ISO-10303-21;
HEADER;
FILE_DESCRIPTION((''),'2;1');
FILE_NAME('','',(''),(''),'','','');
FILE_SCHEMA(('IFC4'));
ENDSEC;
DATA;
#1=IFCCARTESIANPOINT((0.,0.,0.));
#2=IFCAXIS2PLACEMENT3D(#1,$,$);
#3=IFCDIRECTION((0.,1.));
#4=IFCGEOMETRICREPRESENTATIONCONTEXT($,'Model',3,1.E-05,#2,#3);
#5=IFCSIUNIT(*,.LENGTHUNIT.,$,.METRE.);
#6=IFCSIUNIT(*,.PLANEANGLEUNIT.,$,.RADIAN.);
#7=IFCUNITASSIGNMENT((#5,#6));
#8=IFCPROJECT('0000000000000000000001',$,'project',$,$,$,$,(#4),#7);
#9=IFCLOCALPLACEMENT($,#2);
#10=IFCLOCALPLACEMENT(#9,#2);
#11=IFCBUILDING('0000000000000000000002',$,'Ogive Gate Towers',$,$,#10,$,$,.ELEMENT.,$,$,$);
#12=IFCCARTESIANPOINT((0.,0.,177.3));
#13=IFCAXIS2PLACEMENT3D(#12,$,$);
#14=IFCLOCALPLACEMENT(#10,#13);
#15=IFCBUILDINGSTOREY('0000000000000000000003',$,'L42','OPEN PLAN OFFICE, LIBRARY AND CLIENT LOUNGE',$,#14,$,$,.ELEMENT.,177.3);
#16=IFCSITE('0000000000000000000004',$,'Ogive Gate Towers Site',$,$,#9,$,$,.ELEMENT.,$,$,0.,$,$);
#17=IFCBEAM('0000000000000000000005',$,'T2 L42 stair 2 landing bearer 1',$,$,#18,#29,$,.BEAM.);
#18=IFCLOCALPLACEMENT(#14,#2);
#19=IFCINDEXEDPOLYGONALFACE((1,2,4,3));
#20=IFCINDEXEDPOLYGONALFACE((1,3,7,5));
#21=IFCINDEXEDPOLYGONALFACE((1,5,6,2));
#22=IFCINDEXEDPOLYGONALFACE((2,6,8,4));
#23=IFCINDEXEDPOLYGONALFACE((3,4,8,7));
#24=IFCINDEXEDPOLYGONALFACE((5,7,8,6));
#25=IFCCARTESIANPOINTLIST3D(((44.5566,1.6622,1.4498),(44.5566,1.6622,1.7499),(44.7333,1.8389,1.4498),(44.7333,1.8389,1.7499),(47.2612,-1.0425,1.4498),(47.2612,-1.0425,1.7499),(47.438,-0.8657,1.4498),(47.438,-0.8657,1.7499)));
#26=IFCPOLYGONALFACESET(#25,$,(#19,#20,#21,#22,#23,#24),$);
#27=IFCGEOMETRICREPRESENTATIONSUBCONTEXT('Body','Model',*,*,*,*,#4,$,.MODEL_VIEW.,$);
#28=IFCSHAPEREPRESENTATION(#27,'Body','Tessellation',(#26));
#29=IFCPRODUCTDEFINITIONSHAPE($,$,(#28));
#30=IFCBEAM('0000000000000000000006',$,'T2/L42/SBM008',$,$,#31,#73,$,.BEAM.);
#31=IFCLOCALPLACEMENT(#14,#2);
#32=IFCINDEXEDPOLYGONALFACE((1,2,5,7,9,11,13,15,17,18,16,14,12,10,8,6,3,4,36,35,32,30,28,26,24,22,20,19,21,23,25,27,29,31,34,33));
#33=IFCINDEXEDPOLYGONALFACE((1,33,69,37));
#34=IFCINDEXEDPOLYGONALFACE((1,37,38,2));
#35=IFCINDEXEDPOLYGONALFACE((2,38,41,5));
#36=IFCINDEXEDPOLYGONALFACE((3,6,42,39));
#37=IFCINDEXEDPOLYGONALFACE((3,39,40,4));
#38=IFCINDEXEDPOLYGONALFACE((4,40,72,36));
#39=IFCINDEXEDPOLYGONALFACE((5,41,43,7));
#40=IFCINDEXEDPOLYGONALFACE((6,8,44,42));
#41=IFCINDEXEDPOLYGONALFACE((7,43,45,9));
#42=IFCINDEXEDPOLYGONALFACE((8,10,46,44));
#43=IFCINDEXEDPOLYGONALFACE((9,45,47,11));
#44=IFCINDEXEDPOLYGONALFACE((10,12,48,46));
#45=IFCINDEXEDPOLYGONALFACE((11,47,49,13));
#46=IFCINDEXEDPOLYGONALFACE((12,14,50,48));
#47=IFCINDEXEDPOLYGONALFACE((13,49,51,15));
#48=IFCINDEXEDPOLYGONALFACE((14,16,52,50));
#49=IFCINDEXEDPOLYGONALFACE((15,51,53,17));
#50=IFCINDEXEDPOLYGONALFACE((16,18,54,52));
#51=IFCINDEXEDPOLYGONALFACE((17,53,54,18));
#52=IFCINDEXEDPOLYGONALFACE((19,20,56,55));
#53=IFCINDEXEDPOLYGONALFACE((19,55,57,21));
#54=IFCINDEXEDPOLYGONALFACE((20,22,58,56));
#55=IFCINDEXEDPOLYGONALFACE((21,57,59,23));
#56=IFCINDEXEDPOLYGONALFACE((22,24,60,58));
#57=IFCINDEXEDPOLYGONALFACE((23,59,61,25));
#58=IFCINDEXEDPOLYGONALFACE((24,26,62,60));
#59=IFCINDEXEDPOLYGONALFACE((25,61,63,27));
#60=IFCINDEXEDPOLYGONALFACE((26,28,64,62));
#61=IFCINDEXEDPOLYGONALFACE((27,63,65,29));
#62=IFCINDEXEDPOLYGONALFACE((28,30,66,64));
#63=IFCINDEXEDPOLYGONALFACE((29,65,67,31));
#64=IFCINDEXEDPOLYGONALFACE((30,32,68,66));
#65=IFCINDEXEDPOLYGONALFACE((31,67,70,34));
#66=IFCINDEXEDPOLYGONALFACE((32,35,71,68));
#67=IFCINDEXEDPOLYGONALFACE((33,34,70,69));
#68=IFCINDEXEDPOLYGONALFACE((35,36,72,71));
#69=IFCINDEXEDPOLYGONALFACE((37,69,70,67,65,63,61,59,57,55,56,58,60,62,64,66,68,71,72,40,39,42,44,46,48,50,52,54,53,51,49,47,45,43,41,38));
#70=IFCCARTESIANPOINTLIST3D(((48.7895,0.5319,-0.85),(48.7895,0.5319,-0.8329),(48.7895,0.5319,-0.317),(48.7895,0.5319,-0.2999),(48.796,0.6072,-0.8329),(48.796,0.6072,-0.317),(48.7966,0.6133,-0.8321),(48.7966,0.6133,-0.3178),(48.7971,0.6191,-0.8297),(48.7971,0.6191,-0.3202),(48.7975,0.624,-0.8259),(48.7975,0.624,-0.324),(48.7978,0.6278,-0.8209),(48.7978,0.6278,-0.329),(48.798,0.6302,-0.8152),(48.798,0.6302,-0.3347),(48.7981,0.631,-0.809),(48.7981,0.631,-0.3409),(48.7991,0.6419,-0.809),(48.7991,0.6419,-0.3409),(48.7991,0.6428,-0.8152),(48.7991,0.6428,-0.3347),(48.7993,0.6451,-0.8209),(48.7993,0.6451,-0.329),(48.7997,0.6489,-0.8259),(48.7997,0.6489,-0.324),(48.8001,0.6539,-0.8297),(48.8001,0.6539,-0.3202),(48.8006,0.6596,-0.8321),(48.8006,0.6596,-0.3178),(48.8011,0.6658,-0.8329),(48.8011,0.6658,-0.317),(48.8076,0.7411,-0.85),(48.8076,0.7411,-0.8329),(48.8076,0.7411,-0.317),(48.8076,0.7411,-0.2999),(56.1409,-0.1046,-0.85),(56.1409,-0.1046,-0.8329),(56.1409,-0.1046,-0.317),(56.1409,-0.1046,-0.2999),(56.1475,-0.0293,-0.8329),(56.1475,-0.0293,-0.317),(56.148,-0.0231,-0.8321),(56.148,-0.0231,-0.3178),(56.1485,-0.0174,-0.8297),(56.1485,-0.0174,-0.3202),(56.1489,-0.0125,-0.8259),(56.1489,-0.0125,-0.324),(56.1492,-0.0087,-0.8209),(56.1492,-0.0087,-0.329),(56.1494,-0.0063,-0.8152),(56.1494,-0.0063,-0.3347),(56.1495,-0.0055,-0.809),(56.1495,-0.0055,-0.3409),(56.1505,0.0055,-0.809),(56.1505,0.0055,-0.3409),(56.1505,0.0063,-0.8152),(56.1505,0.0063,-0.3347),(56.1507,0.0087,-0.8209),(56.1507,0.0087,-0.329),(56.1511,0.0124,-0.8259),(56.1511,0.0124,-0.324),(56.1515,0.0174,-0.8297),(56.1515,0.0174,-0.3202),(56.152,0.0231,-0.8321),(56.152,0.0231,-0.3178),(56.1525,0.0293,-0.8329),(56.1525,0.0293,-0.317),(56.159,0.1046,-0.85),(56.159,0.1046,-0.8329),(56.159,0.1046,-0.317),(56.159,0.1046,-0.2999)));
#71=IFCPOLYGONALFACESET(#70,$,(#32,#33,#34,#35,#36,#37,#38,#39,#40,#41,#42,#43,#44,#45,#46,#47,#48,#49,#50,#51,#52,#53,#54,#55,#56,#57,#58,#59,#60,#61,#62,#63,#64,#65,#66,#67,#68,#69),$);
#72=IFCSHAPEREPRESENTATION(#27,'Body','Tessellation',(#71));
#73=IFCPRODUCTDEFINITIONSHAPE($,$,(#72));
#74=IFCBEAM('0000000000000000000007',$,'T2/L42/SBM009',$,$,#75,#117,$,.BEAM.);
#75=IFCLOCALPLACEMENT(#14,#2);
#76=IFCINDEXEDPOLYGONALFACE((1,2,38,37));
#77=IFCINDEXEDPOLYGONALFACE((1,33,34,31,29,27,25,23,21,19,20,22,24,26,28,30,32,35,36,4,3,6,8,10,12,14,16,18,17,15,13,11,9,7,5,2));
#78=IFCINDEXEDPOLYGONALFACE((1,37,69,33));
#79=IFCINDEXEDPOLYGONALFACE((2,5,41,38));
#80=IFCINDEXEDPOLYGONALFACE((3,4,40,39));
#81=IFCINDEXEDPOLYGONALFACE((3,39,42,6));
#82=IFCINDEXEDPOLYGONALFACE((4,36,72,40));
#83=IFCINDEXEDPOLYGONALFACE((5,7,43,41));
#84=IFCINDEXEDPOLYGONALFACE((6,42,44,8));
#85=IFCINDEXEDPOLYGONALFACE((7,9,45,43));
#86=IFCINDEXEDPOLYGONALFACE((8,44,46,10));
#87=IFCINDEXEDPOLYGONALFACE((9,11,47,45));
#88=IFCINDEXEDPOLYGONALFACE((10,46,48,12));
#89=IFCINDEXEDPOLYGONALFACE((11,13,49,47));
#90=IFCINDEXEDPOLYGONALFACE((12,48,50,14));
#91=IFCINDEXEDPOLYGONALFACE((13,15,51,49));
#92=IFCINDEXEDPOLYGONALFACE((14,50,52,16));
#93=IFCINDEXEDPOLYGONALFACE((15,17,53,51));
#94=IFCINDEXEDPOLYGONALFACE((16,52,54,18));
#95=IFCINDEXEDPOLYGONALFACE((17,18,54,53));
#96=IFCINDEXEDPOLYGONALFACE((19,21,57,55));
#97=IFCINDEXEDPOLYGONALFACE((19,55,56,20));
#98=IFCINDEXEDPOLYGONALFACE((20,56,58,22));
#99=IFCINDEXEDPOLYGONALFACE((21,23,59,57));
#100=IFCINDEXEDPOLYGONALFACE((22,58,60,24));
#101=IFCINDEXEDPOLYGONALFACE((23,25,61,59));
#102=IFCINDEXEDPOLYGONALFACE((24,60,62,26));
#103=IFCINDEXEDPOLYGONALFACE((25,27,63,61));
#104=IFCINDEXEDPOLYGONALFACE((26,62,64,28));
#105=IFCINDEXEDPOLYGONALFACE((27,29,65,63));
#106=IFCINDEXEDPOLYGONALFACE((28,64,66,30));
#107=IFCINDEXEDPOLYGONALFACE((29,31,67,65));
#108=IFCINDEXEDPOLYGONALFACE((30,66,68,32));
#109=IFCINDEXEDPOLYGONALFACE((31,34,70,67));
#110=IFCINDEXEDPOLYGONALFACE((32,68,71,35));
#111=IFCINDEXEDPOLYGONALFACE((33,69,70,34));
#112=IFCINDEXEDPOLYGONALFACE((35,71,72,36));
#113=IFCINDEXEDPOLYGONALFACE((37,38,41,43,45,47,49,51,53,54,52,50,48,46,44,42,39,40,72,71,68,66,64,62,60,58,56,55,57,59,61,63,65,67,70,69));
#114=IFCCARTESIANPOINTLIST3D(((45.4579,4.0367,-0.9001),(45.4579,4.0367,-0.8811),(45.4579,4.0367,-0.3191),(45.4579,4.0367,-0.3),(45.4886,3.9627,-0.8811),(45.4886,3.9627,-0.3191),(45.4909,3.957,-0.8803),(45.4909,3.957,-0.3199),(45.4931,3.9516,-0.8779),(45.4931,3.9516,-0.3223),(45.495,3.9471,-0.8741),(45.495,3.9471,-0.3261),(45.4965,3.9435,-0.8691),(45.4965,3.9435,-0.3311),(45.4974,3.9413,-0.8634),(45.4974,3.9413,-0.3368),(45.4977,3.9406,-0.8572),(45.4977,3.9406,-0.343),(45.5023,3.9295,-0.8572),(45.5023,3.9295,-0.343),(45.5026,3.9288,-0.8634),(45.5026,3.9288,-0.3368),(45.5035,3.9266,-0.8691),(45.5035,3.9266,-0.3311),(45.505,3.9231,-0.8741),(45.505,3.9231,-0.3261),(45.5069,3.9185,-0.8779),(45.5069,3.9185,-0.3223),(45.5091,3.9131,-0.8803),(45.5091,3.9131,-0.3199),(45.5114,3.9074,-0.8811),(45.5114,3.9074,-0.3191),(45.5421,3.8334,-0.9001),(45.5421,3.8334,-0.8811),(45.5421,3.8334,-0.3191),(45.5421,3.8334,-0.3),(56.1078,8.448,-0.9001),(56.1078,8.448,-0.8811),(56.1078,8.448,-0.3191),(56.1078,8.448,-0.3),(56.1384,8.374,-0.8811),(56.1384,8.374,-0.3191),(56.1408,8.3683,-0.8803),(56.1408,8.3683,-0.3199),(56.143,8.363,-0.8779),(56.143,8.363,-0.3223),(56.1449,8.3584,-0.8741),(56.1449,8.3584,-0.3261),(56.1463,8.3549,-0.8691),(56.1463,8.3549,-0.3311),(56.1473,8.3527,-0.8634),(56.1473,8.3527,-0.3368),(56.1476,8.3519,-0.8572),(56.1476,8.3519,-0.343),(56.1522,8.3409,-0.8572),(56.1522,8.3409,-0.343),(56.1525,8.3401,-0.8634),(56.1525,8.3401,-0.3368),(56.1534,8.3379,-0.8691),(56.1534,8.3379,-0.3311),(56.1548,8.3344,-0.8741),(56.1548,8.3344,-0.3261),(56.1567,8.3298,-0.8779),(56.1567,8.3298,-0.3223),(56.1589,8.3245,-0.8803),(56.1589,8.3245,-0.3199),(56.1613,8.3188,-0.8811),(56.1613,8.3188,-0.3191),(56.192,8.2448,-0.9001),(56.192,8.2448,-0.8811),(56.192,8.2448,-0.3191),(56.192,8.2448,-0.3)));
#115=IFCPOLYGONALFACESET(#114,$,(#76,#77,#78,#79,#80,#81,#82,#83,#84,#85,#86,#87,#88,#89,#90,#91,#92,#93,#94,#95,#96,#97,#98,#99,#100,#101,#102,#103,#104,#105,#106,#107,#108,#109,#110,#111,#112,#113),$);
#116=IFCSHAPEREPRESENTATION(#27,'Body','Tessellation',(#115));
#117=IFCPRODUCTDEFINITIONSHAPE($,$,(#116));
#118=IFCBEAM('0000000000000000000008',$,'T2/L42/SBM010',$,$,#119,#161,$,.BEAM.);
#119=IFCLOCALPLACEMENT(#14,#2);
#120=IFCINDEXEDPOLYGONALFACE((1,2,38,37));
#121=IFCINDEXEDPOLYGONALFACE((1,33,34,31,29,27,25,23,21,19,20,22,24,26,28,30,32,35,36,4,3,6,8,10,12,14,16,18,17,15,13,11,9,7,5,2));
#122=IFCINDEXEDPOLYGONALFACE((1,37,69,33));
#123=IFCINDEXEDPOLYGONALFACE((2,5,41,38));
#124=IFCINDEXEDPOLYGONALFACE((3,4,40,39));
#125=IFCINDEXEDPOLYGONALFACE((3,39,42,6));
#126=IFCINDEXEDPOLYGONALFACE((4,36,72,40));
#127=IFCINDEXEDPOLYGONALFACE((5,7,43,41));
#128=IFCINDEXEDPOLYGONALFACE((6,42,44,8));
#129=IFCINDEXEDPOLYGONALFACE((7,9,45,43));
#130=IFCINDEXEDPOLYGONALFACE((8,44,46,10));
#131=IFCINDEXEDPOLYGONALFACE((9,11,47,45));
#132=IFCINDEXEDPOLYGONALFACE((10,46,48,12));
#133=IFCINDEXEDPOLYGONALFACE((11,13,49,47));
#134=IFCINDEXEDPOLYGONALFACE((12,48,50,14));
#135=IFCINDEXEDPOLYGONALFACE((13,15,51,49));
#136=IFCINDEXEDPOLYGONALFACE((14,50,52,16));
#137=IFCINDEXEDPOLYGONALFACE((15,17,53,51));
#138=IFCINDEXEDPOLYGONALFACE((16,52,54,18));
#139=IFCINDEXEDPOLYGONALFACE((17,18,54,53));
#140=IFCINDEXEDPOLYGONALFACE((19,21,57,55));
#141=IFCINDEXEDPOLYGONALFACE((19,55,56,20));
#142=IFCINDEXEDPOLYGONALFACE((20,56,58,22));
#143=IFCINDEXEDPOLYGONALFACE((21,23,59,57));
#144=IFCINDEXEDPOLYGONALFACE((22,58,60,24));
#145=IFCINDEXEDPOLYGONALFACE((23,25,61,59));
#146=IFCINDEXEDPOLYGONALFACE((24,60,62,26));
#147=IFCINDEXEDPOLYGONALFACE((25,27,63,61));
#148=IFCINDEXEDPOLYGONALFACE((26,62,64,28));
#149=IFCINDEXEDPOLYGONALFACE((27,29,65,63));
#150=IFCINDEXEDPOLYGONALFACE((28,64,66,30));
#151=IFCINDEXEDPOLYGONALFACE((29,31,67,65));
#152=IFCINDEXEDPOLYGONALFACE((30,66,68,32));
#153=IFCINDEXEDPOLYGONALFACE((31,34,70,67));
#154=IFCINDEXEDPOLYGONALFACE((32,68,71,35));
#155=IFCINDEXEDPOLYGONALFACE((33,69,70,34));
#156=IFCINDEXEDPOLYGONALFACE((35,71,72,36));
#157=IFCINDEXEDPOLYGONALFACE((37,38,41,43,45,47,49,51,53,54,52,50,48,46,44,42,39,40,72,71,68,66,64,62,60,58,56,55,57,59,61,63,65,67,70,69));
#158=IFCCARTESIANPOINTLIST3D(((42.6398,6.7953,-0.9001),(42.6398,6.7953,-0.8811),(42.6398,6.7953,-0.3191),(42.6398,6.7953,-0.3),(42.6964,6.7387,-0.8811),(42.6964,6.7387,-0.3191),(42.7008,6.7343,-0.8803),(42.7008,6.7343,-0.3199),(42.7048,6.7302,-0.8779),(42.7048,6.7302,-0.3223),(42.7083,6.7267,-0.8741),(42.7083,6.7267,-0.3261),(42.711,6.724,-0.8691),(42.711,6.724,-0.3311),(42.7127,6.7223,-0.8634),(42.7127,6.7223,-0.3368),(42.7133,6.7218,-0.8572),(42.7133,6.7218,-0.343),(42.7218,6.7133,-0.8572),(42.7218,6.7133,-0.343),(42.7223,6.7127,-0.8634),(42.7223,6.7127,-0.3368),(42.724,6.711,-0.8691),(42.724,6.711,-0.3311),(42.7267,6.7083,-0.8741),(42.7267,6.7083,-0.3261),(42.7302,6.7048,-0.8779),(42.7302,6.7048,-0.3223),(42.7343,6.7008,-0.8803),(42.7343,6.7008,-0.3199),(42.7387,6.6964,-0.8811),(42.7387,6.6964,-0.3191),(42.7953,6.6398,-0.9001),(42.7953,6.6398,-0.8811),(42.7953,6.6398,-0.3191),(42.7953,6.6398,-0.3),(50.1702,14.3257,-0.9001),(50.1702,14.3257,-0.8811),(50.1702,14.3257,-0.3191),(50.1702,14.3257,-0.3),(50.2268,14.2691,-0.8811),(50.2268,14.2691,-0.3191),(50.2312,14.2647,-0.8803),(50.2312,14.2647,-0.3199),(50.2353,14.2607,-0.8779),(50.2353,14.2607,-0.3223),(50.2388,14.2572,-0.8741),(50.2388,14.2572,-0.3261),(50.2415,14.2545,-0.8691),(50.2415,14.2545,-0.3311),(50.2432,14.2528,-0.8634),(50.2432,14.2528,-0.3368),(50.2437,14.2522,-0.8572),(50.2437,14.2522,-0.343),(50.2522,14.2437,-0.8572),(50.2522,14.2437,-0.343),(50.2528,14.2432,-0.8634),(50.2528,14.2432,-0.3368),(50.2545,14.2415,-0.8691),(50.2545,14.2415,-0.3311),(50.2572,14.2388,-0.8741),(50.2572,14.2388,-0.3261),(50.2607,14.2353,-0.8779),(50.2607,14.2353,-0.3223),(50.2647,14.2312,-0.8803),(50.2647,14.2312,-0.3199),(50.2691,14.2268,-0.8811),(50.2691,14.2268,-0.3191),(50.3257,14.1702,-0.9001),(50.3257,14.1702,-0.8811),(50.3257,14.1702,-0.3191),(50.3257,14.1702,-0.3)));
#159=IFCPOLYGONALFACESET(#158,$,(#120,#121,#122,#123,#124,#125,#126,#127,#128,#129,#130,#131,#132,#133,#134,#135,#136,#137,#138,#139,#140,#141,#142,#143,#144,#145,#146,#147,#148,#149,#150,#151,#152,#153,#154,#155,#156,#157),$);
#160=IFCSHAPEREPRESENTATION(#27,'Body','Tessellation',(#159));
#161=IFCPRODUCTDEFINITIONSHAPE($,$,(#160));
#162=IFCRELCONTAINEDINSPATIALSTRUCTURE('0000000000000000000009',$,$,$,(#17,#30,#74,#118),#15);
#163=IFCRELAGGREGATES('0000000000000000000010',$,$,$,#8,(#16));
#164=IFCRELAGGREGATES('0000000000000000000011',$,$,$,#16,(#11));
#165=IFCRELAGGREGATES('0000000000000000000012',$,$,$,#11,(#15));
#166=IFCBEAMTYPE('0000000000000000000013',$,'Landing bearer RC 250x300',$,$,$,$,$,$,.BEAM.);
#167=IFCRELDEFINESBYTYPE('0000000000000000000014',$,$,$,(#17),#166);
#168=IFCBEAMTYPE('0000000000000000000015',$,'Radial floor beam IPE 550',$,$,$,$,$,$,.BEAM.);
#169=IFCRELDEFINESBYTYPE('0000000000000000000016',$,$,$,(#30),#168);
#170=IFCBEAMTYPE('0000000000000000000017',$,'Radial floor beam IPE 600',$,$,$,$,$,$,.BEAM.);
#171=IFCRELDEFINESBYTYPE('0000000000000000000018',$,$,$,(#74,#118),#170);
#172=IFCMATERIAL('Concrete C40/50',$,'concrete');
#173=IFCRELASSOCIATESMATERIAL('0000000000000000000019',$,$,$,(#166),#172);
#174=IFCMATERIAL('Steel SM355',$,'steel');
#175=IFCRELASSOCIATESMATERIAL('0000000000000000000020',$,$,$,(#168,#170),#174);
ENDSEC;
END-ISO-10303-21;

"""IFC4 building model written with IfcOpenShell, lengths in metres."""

from ifc_helpers import new_model, si_unit, direction, frame, origin, origin_2d, place, context, subcontext, project, spatial, rectangle, i_section, extrude, material, material_profile, profile_set, type_object, element, save


model = new_model("IFC4")

# Units and contexts
model_context = context("Model", 3, precision=1e-05, world=origin(), true_north=direction((0.0, 1.0)))
body_context = subcontext(model_context, "Body", "Model", "MODEL_VIEW")
ifc_project = project(units=[si_unit("LENGTHUNIT", "METRE"), si_unit("PLANEANGLEUNIT", "RADIAN")], contexts=[model_context])

# Site, building, storey
site_placement = place(None, origin())
site = spatial("IfcSite", under=ifc_project, at=site_placement, Name="Ogive Gate Towers Site", CompositionType="ELEMENT", RefElevation=0.0)
building_placement = place(site_placement, origin())
building = spatial("IfcBuilding", under=site, at=building_placement, Name="Ogive Gate Towers", CompositionType="ELEMENT")
storey_placement = place(building_placement, frame((0.0, 0.0, 177.3)))
storey = spatial("IfcBuildingStorey", under=building, at=storey_placement, Name="L42", Description="OPEN PLAN OFFICE, LIBRARY AND CLIENT LOUNGE", CompositionType="ELEMENT", Elevation=177.3)

# Beams
ifc_material_1 = material(Name="Concrete C40/50", Category="concrete")
ifc_material_profile_1 = material_profile(ifc_material_1, rectangle(XDim=0.25, YDim=0.3, at=origin_2d()), Name="RC 250x300")
ifc_profile_set_1 = profile_set([ifc_material_profile_1], Name="Concrete C40/50")
beam_type_1 = type_object("IfcBeamType", Name="Landing bearer RC 250x300", PredefinedType="BEAM", material=ifc_profile_set_1)
beam_1_placement = place(storey_placement, frame((47.3496, -0.9541, 1.5999), z_axis=(-0.707107, 0.707107, 0.0), x_axis=(-0.707107, -0.707107, 0.0)))
element("IfcBeam", 1, at=beam_1_placement, inside=storey, type_object=beam_type_1, Name="T2 L42 stair 2 landing bearer 1", PredefinedType="BEAM", context=body_context, shape_type="SweptSolid", body=[
    extrude(rectangle(XDim=0.25, YDim=0.3, at=origin_2d()), origin(), (0.0, 0.0, 1.0), 3.825),
])
ifc_material_2 = material(Name="Steel SM355", Category="steel")
ifc_material_profile_2 = material_profile(ifc_material_2, i_section(OverallWidth=0.21, OverallDepth=0.55, WebThickness=0.011, FlangeThickness=0.0171, FilletRadius=0.0239, at=origin_2d()), Name="IPE 550")
ifc_profile_set_2 = profile_set([ifc_material_profile_2], Name="Steel SM355")
beam_type_2 = type_object("IfcBeamType", Name="Radial floor beam IPE 550", PredefinedType="BEAM", material=ifc_profile_set_2)
beam_2_placement = place(storey_placement, frame((48.7986, 0.6365, -0.575), z_axis=(0.996273, -0.086257, 0.0), x_axis=(0.086257, 0.996273, 0.0)))
element("IfcBeam", 2, at=beam_2_placement, inside=storey, type_object=beam_type_2, Name="T2/L42/SBM008", PredefinedType="BEAM", context=body_context, shape_type="SweptSolid", body=[
    extrude(i_section(OverallWidth=0.21, OverallDepth=0.55, WebThickness=0.011, FlangeThickness=0.0171, FilletRadius=0.0239, at=origin_2d()), origin(), (0.0, 0.0, 1.0), 7.3789),
])
ifc_material_profile_3 = material_profile(ifc_material_2, i_section(OverallWidth=0.22, OverallDepth=0.6001, WebThickness=0.012, FlangeThickness=0.019, FilletRadius=0.0239, at=origin_2d()), Name="IPE 600")
ifc_profile_set_3 = profile_set([ifc_material_profile_3], Name="Steel SM355")
beam_type_3 = type_object("IfcBeamType", Name="Radial floor beam IPE 600", PredefinedType="BEAM", material=ifc_profile_set_3)
beam_3_placement = place(storey_placement, frame((45.5, 3.9351, -0.6001), z_axis=(0.923878, 0.382687, 0.0), x_axis=(-0.382687, 0.923878, 0.0)))
element("IfcBeam", 3, at=beam_3_placement, inside=storey, type_object=beam_type_3, Name="T2/L42/SBM009", PredefinedType="BEAM", context=body_context, shape_type="SweptSolid", body=[
    extrude(i_section(OverallWidth=0.22, OverallDepth=0.6001, WebThickness=0.012, FlangeThickness=0.019, FilletRadius=0.0239, at=origin_2d()), origin(), (0.0, 0.0, 1.0), 11.5273),
])
beam_4_placement = place(storey_placement, frame((42.7175, 6.7175, -0.6001), z_axis=(0.707107, 0.707107, 0.0), x_axis=(-0.707107, 0.707107, 0.0)))
element("IfcBeam", 4, at=beam_4_placement, inside=storey, type_object=beam_type_3, Name="T2/L42/SBM010", PredefinedType="BEAM", context=body_context, shape_type="SweptSolid", body=[
    extrude(i_section(OverallWidth=0.22, OverallDepth=0.6001, WebThickness=0.012, FlangeThickness=0.019, FilletRadius=0.0239, at=origin_2d()), origin(), (0.0, 0.0, 1.0), 10.6497),
])

save(model, "model.ifc")
